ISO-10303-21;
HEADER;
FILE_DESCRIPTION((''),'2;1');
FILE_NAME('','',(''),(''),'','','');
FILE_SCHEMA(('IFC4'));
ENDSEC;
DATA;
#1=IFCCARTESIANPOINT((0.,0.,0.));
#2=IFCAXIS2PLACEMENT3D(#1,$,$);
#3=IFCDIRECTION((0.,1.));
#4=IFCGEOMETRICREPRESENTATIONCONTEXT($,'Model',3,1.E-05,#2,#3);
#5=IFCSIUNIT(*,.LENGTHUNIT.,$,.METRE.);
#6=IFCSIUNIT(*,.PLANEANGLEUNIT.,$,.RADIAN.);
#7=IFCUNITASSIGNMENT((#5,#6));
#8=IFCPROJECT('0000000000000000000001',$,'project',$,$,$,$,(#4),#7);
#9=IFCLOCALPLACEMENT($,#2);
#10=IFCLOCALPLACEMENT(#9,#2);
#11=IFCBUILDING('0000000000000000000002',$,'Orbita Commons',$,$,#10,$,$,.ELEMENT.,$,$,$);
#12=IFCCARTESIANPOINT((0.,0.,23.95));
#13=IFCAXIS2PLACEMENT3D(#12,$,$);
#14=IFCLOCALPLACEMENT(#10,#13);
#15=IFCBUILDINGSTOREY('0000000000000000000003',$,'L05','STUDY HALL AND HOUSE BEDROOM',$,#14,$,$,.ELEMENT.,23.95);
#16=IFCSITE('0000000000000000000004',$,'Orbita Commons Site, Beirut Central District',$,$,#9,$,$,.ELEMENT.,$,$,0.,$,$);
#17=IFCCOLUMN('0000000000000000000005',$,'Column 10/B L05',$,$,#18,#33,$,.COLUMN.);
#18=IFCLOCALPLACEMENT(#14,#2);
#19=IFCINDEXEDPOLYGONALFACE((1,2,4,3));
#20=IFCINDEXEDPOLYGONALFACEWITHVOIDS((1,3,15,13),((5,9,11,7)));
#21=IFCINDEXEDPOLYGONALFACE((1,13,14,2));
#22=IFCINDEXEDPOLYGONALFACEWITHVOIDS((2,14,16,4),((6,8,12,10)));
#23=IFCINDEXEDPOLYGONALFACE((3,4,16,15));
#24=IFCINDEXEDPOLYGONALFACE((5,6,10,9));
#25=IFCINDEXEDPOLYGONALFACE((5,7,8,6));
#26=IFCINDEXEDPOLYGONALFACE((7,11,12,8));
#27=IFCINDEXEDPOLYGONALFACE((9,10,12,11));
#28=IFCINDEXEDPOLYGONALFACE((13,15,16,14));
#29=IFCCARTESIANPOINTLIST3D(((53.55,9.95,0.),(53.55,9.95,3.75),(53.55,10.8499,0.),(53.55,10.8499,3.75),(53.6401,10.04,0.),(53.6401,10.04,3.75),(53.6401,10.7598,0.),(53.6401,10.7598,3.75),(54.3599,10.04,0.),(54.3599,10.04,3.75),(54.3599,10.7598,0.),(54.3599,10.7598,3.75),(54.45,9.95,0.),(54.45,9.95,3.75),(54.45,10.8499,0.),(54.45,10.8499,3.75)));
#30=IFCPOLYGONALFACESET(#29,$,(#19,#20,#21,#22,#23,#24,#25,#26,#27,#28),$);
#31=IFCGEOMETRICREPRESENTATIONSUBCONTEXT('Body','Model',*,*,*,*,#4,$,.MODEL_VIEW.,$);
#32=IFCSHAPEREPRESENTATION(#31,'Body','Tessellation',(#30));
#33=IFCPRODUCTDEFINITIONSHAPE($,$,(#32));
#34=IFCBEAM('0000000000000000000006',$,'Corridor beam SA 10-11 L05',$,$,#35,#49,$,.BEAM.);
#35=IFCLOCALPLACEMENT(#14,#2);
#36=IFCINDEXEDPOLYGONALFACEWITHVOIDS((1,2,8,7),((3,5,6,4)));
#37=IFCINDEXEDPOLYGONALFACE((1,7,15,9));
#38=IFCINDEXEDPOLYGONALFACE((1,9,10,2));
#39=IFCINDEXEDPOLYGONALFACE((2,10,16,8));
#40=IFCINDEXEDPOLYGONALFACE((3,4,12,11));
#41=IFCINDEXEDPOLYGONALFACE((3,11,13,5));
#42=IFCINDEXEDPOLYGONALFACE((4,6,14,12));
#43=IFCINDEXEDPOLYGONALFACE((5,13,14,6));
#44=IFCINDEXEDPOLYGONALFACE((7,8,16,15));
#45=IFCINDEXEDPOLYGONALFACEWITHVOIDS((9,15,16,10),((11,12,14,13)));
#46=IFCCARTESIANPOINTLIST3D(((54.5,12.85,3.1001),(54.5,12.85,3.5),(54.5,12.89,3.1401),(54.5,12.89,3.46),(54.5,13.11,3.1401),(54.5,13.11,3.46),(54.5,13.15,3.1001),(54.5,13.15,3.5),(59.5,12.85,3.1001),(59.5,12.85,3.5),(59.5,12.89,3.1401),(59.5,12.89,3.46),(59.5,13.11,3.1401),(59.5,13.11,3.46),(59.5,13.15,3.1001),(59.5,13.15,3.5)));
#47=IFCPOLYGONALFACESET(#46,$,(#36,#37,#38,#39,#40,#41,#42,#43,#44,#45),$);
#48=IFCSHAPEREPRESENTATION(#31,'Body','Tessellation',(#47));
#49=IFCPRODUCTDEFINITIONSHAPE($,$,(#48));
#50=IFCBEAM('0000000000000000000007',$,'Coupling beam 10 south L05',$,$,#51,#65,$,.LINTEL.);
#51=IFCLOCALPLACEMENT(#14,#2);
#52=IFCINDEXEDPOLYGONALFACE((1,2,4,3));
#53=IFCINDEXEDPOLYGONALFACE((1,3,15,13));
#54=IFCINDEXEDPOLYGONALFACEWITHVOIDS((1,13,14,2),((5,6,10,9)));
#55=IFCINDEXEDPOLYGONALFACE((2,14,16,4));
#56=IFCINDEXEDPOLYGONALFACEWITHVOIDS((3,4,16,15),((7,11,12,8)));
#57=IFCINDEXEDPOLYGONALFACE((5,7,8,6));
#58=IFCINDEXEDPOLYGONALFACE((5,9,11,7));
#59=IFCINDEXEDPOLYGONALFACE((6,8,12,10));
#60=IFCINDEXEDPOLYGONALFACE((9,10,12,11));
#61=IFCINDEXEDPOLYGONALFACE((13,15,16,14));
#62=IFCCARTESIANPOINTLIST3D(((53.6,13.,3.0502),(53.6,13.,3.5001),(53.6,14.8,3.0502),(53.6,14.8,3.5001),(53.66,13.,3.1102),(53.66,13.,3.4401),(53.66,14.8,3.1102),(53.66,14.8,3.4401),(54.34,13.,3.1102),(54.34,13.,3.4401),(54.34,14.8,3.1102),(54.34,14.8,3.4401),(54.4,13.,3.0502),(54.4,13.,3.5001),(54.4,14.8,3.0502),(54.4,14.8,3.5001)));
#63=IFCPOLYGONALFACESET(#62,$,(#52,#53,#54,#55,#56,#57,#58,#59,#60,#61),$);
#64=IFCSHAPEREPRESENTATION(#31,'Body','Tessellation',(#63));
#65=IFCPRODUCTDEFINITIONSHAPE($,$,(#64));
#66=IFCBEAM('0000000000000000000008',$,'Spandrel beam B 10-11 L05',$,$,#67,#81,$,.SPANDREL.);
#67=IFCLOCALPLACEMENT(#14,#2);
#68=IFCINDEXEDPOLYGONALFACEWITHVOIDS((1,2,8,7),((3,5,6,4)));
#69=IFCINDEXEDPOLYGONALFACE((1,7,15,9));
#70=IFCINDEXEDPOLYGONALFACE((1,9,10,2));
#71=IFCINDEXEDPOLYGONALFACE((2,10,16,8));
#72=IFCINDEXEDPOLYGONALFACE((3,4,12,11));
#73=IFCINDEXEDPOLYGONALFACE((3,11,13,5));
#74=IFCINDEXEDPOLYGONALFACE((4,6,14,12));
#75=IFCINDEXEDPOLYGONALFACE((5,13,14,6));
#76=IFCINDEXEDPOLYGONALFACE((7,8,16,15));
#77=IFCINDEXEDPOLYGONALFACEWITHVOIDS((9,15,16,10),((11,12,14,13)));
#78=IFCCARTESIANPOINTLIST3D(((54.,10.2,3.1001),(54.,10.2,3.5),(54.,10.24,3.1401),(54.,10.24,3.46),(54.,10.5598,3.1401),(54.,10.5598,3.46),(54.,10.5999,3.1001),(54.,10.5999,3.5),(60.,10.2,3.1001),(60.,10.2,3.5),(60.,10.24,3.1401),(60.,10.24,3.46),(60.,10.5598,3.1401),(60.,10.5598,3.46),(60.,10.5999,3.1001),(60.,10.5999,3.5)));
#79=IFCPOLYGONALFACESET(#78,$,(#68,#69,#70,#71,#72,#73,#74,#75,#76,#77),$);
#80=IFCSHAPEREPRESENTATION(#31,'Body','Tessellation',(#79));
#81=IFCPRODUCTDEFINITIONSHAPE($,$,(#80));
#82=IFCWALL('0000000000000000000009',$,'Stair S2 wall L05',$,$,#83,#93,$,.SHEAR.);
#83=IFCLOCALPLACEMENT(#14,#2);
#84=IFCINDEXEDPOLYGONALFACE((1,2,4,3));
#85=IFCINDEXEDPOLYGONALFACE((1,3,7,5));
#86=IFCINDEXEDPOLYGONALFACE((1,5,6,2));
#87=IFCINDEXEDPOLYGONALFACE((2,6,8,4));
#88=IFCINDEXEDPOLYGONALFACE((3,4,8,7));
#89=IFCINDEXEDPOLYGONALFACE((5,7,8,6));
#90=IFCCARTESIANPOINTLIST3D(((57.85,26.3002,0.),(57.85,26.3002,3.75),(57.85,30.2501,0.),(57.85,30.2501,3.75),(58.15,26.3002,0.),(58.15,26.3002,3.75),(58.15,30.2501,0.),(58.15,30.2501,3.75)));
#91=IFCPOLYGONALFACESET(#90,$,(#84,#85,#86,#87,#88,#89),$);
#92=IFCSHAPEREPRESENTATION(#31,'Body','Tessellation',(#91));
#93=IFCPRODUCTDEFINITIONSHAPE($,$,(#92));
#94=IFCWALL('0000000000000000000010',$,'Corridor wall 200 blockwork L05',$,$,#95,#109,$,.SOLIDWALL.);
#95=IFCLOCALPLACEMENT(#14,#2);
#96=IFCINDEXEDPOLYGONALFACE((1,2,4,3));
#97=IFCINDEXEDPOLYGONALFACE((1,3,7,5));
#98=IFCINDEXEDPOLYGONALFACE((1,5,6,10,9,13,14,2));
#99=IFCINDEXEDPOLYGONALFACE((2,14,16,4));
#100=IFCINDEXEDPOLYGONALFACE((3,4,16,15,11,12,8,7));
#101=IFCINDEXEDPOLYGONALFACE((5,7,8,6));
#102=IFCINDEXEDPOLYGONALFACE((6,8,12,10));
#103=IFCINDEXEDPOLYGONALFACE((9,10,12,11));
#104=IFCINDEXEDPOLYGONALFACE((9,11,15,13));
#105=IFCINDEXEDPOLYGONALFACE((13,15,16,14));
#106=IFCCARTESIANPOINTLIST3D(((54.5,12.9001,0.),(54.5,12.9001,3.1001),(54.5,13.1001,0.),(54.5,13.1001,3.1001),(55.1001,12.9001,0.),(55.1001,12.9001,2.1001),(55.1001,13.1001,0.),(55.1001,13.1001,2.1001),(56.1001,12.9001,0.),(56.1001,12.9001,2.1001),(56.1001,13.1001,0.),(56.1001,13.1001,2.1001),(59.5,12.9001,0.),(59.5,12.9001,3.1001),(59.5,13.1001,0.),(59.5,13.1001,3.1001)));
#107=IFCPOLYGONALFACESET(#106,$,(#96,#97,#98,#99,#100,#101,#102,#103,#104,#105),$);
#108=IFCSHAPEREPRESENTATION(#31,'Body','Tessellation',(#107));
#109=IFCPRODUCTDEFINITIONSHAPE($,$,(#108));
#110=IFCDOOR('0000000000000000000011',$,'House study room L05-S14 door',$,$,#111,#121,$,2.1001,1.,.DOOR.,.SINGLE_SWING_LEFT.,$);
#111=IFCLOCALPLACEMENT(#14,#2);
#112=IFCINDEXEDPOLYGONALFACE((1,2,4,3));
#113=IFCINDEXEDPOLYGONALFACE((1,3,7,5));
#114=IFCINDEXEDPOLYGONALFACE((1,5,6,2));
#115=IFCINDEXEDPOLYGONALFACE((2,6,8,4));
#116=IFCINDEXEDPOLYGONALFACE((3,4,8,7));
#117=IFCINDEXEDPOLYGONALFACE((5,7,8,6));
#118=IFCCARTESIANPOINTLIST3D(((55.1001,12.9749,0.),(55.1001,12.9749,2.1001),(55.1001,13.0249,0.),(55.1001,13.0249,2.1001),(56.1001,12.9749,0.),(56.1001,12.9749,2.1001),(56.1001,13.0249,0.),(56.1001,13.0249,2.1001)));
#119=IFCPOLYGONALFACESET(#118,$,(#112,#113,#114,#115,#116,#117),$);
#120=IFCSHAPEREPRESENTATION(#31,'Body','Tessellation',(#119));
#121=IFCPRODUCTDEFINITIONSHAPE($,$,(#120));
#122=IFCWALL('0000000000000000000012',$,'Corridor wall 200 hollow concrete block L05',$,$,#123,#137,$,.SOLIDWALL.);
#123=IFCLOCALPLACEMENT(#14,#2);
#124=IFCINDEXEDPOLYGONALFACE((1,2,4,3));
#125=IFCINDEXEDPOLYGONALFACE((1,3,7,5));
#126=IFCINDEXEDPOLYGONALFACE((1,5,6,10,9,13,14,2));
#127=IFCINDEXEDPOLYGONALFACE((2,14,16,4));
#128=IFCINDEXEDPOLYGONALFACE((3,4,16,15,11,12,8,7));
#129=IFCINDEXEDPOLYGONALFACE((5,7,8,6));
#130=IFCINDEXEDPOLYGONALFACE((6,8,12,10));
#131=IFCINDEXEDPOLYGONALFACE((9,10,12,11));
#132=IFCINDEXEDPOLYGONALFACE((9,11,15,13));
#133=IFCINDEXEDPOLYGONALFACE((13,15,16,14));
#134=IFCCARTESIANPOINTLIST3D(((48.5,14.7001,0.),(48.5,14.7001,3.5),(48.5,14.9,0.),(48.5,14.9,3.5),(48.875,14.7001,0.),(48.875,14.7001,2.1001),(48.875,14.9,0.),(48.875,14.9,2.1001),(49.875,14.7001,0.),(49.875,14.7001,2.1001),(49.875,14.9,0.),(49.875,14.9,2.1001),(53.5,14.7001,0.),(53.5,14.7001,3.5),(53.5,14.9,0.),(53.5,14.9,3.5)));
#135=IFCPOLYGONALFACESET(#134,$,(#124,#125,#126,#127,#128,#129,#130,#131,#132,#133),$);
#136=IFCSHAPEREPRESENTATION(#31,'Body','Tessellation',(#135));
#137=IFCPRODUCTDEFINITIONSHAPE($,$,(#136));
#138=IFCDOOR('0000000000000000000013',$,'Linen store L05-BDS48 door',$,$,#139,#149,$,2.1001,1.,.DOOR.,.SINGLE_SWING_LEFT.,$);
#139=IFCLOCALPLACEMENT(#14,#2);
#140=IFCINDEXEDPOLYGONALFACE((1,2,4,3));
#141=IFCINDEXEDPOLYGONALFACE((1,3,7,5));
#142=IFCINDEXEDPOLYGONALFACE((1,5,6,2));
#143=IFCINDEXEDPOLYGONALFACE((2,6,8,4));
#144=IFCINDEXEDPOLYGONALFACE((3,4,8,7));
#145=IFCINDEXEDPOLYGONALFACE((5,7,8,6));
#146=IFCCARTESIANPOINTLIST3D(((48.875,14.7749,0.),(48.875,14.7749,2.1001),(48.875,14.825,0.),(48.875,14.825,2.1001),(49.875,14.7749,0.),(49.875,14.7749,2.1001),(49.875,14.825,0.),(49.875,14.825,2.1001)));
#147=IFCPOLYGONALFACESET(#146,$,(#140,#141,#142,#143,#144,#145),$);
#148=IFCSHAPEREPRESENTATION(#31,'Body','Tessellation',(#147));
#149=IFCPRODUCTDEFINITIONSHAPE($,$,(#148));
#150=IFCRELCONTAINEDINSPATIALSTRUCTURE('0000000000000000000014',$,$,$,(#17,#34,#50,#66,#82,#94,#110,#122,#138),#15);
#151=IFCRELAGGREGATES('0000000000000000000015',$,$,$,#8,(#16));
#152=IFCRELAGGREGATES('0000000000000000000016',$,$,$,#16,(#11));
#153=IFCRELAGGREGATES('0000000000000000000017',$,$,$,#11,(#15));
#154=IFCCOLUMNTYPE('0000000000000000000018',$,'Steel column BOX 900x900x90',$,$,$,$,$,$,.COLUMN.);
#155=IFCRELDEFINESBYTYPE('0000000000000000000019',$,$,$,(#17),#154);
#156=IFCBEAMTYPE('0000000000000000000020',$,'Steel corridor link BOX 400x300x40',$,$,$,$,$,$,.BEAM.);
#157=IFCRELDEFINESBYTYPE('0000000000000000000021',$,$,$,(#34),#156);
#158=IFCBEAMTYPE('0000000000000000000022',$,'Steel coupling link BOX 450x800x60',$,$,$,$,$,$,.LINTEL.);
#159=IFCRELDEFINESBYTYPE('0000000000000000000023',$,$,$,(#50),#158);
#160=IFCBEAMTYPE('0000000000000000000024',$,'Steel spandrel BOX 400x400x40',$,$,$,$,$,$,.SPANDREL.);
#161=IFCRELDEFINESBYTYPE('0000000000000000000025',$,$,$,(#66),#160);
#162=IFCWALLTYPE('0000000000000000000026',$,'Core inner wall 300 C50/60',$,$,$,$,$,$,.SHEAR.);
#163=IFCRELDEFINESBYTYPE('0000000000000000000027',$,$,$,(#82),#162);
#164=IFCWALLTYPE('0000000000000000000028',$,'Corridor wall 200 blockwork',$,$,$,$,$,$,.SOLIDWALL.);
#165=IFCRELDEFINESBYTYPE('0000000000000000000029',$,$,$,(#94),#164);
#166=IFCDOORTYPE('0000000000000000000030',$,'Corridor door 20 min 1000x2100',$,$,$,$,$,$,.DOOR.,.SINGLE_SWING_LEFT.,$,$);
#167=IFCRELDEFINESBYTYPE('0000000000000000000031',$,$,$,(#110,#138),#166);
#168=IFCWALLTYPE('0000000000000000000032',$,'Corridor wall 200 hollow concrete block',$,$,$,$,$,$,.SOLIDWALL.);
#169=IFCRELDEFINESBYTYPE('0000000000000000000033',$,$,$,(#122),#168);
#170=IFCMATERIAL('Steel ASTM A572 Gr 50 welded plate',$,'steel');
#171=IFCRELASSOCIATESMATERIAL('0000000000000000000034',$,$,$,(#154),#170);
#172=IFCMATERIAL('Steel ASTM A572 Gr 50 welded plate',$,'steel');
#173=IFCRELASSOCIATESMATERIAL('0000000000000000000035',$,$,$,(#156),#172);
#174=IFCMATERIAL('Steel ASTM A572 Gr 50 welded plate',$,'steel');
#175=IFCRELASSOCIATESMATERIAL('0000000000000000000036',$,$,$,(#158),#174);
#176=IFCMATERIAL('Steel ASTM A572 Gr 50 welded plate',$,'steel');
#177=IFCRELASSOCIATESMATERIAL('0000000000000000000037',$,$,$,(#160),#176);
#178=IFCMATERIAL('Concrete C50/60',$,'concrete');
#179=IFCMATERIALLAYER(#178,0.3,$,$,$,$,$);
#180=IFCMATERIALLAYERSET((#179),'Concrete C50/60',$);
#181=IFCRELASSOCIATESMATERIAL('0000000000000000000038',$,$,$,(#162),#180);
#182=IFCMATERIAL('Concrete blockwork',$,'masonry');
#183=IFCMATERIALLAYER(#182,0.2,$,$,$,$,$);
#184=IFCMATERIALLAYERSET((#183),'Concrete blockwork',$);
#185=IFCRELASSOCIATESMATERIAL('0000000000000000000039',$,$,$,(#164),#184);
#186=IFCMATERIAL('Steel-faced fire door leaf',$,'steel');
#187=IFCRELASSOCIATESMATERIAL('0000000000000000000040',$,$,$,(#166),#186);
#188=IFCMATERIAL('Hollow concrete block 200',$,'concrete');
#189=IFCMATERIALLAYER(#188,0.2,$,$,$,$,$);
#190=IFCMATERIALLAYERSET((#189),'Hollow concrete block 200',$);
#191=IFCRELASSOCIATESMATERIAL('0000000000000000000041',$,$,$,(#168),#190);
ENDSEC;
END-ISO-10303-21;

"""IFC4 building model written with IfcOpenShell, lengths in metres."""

from ifc_helpers import new_model, si_unit, direction, frame, frame_2d, origin, origin_2d, place, context, subcontext, project, spatial, polyline, rectangle, hollow_rectangle, outline, extrude, material, layer, layer_set, material_profile, profile_set, type_object, element, fill, save


model = new_model("IFC4")

# Units and contexts
model_context = context("Model", 3, precision=1e-05, world=origin(), true_north=direction((0.0, 1.0)))
body_context = subcontext(model_context, "Body", "Model", "MODEL_VIEW")
ifc_project = project(units=[si_unit("LENGTHUNIT", "METRE"), si_unit("PLANEANGLEUNIT", "RADIAN")], contexts=[model_context])

# Site, building, storey
site_placement = place(None, origin())
site = spatial("IfcSite", under=ifc_project, at=site_placement, Name="Orbita Commons Site, Beirut Central District", CompositionType="ELEMENT", RefElevation=0.0)
building_placement = place(site_placement, origin())
building = spatial("IfcBuilding", under=site, at=building_placement, Name="Orbita Commons", CompositionType="ELEMENT")
storey_placement = place(building_placement, frame((0.0, 0.0, 23.95)))
storey = spatial("IfcBuildingStorey", under=building, at=storey_placement, Name="L05", Description="STUDY HALL AND HOUSE BEDROOM", CompositionType="ELEMENT", Elevation=23.95)

# Column
ifc_material_1 = material(Name="Steel ASTM A572 Gr 50 welded plate", Category="steel")
ifc_material_profile_1 = material_profile(ifc_material_1, hollow_rectangle(XDim=0.8999, YDim=0.8999, WallThickness=0.0901, at=origin_2d()), Name="BOX 900x900x90")
ifc_profile_set_1 = profile_set([ifc_material_profile_1], Name="Steel ASTM A572 Gr 50 welded plate")
column_type = type_object("IfcColumnType", Name="Steel column BOX 900x900x90", PredefinedType="COLUMN", material=ifc_profile_set_1)
column_placement = place(storey_placement, frame((54.0, 10.3999, 0.0), z_axis=(0.0, 0.0, 1.0), x_axis=(1.0, 0.0, 0.0)))
element("IfcColumn", 1, at=column_placement, inside=storey, type_object=column_type, Name="Column 10/B L05", PredefinedType="COLUMN", context=body_context, shape_type="SweptSolid", body=[
    extrude(hollow_rectangle(XDim=0.8999, YDim=0.8999, WallThickness=0.0901, at=origin_2d()), origin(), (0.0, 0.0, 1.0), 3.75),
])

# Beams
ifc_material_2 = material(Name="Steel ASTM A572 Gr 50 welded plate", Category="steel")
ifc_material_profile_2 = material_profile(ifc_material_2, hollow_rectangle(XDim=0.3, YDim=0.3999, WallThickness=0.04, at=origin_2d()), Name="BOX 400x300x40")
ifc_profile_set_2 = profile_set([ifc_material_profile_2], Name="Steel ASTM A572 Gr 50 welded plate")
beam_type_1 = type_object("IfcBeamType", Name="Steel corridor link BOX 400x300x40", PredefinedType="BEAM", material=ifc_profile_set_2)
beam_1_placement = place(storey_placement, frame((54.5, 13.0, 3.3), z_axis=(1.0, 0.0, 0.0), x_axis=(0.0, 1.0, 0.0)))
element("IfcBeam", 2, at=beam_1_placement, inside=storey, type_object=beam_type_1, Name="Corridor beam SA 10-11 L05", PredefinedType="BEAM", context=body_context, shape_type="SweptSolid", body=[
    extrude(hollow_rectangle(XDim=0.3, YDim=0.3999, WallThickness=0.04, at=origin_2d()), origin(), (0.0, 0.0, 1.0), 5.0),
])
ifc_material_3 = material(Name="Steel ASTM A572 Gr 50 welded plate", Category="steel")
ifc_material_profile_3 = material_profile(ifc_material_3, hollow_rectangle(XDim=0.8, YDim=0.45, WallThickness=0.0601, at=origin_2d()), Name="BOX 450x800x60")
ifc_profile_set_3 = profile_set([ifc_material_profile_3], Name="Steel ASTM A572 Gr 50 welded plate")
beam_type_2 = type_object("IfcBeamType", Name="Steel coupling link BOX 450x800x60", PredefinedType="LINTEL", material=ifc_profile_set_3)
beam_2_placement = place(storey_placement, frame((54.0, 13.0, 3.2751), z_axis=(0.0, 1.0, 0.0), x_axis=(-1.0, 0.0, 0.0)))
element("IfcBeam", 3, at=beam_2_placement, inside=storey, type_object=beam_type_2, Name="Coupling beam 10 south L05", PredefinedType="LINTEL", context=body_context, shape_type="SweptSolid", body=[
    extrude(hollow_rectangle(XDim=0.8, YDim=0.45, WallThickness=0.0601, at=origin_2d()), origin(), (0.0, 0.0, 1.0), 1.8),
])
ifc_material_4 = material(Name="Steel ASTM A572 Gr 50 welded plate", Category="steel")
ifc_material_profile_4 = material_profile(ifc_material_4, hollow_rectangle(XDim=0.3999, YDim=0.3999, WallThickness=0.04, at=origin_2d()), Name="BOX 400x400x40")
ifc_profile_set_4 = profile_set([ifc_material_profile_4], Name="Steel ASTM A572 Gr 50 welded plate")
beam_type_3 = type_object("IfcBeamType", Name="Steel spandrel BOX 400x400x40", PredefinedType="SPANDREL", material=ifc_profile_set_4)
beam_3_placement = place(storey_placement, frame((54.0, 10.3999, 3.3), z_axis=(1.0, 0.0, 0.0), x_axis=(0.0, 1.0, 0.0)))
element("IfcBeam", 4, at=beam_3_placement, inside=storey, type_object=beam_type_3, Name="Spandrel beam B 10-11 L05", PredefinedType="SPANDREL", context=body_context, shape_type="SweptSolid", body=[
    extrude(hollow_rectangle(XDim=0.3999, YDim=0.3999, WallThickness=0.04, at=origin_2d()), origin(), (0.0, 0.0, 1.0), 6.0),
])

# Wall
ifc_material_5 = material(Name="Concrete C50/60", Category="concrete")
ifc_layer_1 = layer(ifc_material_5, 0.3)
ifc_layer_set_1 = layer_set([ifc_layer_1], Name="Concrete C50/60")
wall_type_1 = type_object("IfcWallType", Name="Core inner wall 300 C50/60", PredefinedType="SHEAR", material=ifc_layer_set_1)
wall_1_placement = place(storey_placement, frame((58.0, 26.3, 0.0), z_axis=(0.0, 0.0, 1.0), x_axis=(0.0, 1.0, 0.0)))
element("IfcWall", 5, at=wall_1_placement, inside=storey, type_object=wall_type_1, Name="Stair S2 wall L05", PredefinedType="SHEAR", context=body_context, shape_type="SweptSolid", body=[
    extrude(rectangle(XDim=3.95, YDim=0.3, at=frame_2d((1.9751, 0.0))), origin(), (0.0, 0.0, 1.0), 3.75),
])

# Walls, openings, doors
ifc_material_6 = material(Name="Concrete blockwork", Category="masonry")
ifc_layer_2 = layer(ifc_material_6, 0.2)
ifc_layer_set_2 = layer_set([ifc_layer_2], Name="Concrete blockwork")
wall_type_2 = type_object("IfcWallType", Name="Corridor wall 200 blockwork", PredefinedType="SOLIDWALL", material=ifc_layer_set_2)
wall_2_placement = place(storey_placement, frame((54.5, 13.0, 0.0), z_axis=(0.0, 0.0, 1.0), x_axis=(1.0, 0.0, 0.0)))
wall_2 = element("IfcWall", 6, at=wall_2_placement, inside=storey, type_object=wall_type_2, Name="Corridor wall 200 blockwork L05", PredefinedType="SOLIDWALL", context=body_context, shape_type="SweptSolid", body=[
    extrude(outline(polyline([(0.0, 0.0), (5.0, 0.0), (5.0, 3.1001), (0.0, 3.1001), (0.0, 0.0)])), frame((0.0, 0.1001, 0.0), z_axis=(0.0, -1.0, 0.0), x_axis=(1.0, 0.0, 0.0)), (0.0, 0.0, 1.0), 0.2),
])
opening_1_placement = place(wall_2_placement, frame((0.6001, 0.0, 0.0)))
opening_1 = element("IfcOpeningElement", 7, at=opening_1_placement, cuts=wall_2, PredefinedType="OPENING", context=body_context, shape_type="SweptSolid", body=[
    extrude(rectangle(XDim=1.0, YDim=2.1001, at=frame_2d((0.5, 1.05))), frame((0.0, 0.1099, 0.0), z_axis=(0.0, -1.0, 0.0), x_axis=(1.0, 0.0, 0.0)), (0.0, 0.0, 1.0), 0.22),
])
ifc_material_7 = material(Name="Steel-faced fire door leaf", Category="steel")
door_type_1 = type_object("IfcDoorType", Name="Corridor door 20 min 1000x2100", OperationType="SINGLE_SWING_LEFT", PredefinedType="DOOR", material=ifc_material_7)
door_1_placement = place(opening_1_placement, origin())
door_1 = element("IfcDoor", 8, at=door_1_placement, inside=storey, type_object=door_type_1, Name="House study room L05-S14 door", OperationType="SINGLE_SWING_LEFT", OverallHeight=2.1001, OverallWidth=1.0, PredefinedType="DOOR", context=body_context, shape_type="SweptSolid", body=[
    extrude(rectangle(XDim=1.0, YDim=2.1001, at=frame_2d((0.5, 1.05))), frame((0.0, 0.0249, 0.0), z_axis=(0.0, -1.0, 0.0), x_axis=(1.0, 0.0, 0.0)), (0.0, 0.0, 1.0), 0.05),
])
fill(opening_1, door_1)
ifc_material_8 = material(Name="Hollow concrete block 200", Category="concrete")
ifc_layer_3 = layer(ifc_material_8, 0.2)
ifc_layer_set_3 = layer_set([ifc_layer_3], Name="Hollow concrete block 200")
wall_type_3 = type_object("IfcWallType", Name="Corridor wall 200 hollow concrete block", PredefinedType="SOLIDWALL", material=ifc_layer_set_3)
wall_3_placement = place(storey_placement, frame((48.5, 14.8, 0.0), z_axis=(0.0, 0.0, 1.0), x_axis=(1.0, 0.0, 0.0)))
wall_3 = element("IfcWall", 9, at=wall_3_placement, inside=storey, type_object=wall_type_3, Name="Corridor wall 200 hollow concrete block L05", PredefinedType="SOLIDWALL", context=body_context, shape_type="SweptSolid", body=[
    extrude(rectangle(XDim=5.0, YDim=0.2, at=frame_2d((2.5, 0.0))), origin(), (0.0, 0.0, 1.0), 3.5),
])
opening_2_placement = place(wall_3_placement, frame((0.375, 0.0, 0.0)))
opening_2 = element("IfcOpeningElement", 10, at=opening_2_placement, cuts=wall_3, PredefinedType="OPENING", context=body_context, shape_type="SweptSolid", body=[
    extrude(rectangle(XDim=1.0, YDim=2.1001, at=frame_2d((0.5, 1.05))), frame((0.0, 0.1099, 0.0), z_axis=(0.0, -1.0, 0.0), x_axis=(1.0, 0.0, 0.0)), (0.0, 0.0, 1.0), 0.22),
])
door_2_placement = place(opening_2_placement, origin())
door_2 = element("IfcDoor", 11, at=door_2_placement, inside=storey, type_object=door_type_1, Name="Linen store L05-BDS48 door", OperationType="SINGLE_SWING_LEFT", OverallHeight=2.1001, OverallWidth=1.0, PredefinedType="DOOR", context=body_context, shape_type="SweptSolid", body=[
    extrude(rectangle(XDim=1.0, YDim=2.1001, at=frame_2d((0.5, 1.05))), frame((0.0, 0.0249, 0.0), z_axis=(0.0, -1.0, 0.0), x_axis=(1.0, 0.0, 0.0)), (0.0, 0.0, 1.0), 0.05),
])
fill(opening_2, door_2)

save(model, "model.ifc")
